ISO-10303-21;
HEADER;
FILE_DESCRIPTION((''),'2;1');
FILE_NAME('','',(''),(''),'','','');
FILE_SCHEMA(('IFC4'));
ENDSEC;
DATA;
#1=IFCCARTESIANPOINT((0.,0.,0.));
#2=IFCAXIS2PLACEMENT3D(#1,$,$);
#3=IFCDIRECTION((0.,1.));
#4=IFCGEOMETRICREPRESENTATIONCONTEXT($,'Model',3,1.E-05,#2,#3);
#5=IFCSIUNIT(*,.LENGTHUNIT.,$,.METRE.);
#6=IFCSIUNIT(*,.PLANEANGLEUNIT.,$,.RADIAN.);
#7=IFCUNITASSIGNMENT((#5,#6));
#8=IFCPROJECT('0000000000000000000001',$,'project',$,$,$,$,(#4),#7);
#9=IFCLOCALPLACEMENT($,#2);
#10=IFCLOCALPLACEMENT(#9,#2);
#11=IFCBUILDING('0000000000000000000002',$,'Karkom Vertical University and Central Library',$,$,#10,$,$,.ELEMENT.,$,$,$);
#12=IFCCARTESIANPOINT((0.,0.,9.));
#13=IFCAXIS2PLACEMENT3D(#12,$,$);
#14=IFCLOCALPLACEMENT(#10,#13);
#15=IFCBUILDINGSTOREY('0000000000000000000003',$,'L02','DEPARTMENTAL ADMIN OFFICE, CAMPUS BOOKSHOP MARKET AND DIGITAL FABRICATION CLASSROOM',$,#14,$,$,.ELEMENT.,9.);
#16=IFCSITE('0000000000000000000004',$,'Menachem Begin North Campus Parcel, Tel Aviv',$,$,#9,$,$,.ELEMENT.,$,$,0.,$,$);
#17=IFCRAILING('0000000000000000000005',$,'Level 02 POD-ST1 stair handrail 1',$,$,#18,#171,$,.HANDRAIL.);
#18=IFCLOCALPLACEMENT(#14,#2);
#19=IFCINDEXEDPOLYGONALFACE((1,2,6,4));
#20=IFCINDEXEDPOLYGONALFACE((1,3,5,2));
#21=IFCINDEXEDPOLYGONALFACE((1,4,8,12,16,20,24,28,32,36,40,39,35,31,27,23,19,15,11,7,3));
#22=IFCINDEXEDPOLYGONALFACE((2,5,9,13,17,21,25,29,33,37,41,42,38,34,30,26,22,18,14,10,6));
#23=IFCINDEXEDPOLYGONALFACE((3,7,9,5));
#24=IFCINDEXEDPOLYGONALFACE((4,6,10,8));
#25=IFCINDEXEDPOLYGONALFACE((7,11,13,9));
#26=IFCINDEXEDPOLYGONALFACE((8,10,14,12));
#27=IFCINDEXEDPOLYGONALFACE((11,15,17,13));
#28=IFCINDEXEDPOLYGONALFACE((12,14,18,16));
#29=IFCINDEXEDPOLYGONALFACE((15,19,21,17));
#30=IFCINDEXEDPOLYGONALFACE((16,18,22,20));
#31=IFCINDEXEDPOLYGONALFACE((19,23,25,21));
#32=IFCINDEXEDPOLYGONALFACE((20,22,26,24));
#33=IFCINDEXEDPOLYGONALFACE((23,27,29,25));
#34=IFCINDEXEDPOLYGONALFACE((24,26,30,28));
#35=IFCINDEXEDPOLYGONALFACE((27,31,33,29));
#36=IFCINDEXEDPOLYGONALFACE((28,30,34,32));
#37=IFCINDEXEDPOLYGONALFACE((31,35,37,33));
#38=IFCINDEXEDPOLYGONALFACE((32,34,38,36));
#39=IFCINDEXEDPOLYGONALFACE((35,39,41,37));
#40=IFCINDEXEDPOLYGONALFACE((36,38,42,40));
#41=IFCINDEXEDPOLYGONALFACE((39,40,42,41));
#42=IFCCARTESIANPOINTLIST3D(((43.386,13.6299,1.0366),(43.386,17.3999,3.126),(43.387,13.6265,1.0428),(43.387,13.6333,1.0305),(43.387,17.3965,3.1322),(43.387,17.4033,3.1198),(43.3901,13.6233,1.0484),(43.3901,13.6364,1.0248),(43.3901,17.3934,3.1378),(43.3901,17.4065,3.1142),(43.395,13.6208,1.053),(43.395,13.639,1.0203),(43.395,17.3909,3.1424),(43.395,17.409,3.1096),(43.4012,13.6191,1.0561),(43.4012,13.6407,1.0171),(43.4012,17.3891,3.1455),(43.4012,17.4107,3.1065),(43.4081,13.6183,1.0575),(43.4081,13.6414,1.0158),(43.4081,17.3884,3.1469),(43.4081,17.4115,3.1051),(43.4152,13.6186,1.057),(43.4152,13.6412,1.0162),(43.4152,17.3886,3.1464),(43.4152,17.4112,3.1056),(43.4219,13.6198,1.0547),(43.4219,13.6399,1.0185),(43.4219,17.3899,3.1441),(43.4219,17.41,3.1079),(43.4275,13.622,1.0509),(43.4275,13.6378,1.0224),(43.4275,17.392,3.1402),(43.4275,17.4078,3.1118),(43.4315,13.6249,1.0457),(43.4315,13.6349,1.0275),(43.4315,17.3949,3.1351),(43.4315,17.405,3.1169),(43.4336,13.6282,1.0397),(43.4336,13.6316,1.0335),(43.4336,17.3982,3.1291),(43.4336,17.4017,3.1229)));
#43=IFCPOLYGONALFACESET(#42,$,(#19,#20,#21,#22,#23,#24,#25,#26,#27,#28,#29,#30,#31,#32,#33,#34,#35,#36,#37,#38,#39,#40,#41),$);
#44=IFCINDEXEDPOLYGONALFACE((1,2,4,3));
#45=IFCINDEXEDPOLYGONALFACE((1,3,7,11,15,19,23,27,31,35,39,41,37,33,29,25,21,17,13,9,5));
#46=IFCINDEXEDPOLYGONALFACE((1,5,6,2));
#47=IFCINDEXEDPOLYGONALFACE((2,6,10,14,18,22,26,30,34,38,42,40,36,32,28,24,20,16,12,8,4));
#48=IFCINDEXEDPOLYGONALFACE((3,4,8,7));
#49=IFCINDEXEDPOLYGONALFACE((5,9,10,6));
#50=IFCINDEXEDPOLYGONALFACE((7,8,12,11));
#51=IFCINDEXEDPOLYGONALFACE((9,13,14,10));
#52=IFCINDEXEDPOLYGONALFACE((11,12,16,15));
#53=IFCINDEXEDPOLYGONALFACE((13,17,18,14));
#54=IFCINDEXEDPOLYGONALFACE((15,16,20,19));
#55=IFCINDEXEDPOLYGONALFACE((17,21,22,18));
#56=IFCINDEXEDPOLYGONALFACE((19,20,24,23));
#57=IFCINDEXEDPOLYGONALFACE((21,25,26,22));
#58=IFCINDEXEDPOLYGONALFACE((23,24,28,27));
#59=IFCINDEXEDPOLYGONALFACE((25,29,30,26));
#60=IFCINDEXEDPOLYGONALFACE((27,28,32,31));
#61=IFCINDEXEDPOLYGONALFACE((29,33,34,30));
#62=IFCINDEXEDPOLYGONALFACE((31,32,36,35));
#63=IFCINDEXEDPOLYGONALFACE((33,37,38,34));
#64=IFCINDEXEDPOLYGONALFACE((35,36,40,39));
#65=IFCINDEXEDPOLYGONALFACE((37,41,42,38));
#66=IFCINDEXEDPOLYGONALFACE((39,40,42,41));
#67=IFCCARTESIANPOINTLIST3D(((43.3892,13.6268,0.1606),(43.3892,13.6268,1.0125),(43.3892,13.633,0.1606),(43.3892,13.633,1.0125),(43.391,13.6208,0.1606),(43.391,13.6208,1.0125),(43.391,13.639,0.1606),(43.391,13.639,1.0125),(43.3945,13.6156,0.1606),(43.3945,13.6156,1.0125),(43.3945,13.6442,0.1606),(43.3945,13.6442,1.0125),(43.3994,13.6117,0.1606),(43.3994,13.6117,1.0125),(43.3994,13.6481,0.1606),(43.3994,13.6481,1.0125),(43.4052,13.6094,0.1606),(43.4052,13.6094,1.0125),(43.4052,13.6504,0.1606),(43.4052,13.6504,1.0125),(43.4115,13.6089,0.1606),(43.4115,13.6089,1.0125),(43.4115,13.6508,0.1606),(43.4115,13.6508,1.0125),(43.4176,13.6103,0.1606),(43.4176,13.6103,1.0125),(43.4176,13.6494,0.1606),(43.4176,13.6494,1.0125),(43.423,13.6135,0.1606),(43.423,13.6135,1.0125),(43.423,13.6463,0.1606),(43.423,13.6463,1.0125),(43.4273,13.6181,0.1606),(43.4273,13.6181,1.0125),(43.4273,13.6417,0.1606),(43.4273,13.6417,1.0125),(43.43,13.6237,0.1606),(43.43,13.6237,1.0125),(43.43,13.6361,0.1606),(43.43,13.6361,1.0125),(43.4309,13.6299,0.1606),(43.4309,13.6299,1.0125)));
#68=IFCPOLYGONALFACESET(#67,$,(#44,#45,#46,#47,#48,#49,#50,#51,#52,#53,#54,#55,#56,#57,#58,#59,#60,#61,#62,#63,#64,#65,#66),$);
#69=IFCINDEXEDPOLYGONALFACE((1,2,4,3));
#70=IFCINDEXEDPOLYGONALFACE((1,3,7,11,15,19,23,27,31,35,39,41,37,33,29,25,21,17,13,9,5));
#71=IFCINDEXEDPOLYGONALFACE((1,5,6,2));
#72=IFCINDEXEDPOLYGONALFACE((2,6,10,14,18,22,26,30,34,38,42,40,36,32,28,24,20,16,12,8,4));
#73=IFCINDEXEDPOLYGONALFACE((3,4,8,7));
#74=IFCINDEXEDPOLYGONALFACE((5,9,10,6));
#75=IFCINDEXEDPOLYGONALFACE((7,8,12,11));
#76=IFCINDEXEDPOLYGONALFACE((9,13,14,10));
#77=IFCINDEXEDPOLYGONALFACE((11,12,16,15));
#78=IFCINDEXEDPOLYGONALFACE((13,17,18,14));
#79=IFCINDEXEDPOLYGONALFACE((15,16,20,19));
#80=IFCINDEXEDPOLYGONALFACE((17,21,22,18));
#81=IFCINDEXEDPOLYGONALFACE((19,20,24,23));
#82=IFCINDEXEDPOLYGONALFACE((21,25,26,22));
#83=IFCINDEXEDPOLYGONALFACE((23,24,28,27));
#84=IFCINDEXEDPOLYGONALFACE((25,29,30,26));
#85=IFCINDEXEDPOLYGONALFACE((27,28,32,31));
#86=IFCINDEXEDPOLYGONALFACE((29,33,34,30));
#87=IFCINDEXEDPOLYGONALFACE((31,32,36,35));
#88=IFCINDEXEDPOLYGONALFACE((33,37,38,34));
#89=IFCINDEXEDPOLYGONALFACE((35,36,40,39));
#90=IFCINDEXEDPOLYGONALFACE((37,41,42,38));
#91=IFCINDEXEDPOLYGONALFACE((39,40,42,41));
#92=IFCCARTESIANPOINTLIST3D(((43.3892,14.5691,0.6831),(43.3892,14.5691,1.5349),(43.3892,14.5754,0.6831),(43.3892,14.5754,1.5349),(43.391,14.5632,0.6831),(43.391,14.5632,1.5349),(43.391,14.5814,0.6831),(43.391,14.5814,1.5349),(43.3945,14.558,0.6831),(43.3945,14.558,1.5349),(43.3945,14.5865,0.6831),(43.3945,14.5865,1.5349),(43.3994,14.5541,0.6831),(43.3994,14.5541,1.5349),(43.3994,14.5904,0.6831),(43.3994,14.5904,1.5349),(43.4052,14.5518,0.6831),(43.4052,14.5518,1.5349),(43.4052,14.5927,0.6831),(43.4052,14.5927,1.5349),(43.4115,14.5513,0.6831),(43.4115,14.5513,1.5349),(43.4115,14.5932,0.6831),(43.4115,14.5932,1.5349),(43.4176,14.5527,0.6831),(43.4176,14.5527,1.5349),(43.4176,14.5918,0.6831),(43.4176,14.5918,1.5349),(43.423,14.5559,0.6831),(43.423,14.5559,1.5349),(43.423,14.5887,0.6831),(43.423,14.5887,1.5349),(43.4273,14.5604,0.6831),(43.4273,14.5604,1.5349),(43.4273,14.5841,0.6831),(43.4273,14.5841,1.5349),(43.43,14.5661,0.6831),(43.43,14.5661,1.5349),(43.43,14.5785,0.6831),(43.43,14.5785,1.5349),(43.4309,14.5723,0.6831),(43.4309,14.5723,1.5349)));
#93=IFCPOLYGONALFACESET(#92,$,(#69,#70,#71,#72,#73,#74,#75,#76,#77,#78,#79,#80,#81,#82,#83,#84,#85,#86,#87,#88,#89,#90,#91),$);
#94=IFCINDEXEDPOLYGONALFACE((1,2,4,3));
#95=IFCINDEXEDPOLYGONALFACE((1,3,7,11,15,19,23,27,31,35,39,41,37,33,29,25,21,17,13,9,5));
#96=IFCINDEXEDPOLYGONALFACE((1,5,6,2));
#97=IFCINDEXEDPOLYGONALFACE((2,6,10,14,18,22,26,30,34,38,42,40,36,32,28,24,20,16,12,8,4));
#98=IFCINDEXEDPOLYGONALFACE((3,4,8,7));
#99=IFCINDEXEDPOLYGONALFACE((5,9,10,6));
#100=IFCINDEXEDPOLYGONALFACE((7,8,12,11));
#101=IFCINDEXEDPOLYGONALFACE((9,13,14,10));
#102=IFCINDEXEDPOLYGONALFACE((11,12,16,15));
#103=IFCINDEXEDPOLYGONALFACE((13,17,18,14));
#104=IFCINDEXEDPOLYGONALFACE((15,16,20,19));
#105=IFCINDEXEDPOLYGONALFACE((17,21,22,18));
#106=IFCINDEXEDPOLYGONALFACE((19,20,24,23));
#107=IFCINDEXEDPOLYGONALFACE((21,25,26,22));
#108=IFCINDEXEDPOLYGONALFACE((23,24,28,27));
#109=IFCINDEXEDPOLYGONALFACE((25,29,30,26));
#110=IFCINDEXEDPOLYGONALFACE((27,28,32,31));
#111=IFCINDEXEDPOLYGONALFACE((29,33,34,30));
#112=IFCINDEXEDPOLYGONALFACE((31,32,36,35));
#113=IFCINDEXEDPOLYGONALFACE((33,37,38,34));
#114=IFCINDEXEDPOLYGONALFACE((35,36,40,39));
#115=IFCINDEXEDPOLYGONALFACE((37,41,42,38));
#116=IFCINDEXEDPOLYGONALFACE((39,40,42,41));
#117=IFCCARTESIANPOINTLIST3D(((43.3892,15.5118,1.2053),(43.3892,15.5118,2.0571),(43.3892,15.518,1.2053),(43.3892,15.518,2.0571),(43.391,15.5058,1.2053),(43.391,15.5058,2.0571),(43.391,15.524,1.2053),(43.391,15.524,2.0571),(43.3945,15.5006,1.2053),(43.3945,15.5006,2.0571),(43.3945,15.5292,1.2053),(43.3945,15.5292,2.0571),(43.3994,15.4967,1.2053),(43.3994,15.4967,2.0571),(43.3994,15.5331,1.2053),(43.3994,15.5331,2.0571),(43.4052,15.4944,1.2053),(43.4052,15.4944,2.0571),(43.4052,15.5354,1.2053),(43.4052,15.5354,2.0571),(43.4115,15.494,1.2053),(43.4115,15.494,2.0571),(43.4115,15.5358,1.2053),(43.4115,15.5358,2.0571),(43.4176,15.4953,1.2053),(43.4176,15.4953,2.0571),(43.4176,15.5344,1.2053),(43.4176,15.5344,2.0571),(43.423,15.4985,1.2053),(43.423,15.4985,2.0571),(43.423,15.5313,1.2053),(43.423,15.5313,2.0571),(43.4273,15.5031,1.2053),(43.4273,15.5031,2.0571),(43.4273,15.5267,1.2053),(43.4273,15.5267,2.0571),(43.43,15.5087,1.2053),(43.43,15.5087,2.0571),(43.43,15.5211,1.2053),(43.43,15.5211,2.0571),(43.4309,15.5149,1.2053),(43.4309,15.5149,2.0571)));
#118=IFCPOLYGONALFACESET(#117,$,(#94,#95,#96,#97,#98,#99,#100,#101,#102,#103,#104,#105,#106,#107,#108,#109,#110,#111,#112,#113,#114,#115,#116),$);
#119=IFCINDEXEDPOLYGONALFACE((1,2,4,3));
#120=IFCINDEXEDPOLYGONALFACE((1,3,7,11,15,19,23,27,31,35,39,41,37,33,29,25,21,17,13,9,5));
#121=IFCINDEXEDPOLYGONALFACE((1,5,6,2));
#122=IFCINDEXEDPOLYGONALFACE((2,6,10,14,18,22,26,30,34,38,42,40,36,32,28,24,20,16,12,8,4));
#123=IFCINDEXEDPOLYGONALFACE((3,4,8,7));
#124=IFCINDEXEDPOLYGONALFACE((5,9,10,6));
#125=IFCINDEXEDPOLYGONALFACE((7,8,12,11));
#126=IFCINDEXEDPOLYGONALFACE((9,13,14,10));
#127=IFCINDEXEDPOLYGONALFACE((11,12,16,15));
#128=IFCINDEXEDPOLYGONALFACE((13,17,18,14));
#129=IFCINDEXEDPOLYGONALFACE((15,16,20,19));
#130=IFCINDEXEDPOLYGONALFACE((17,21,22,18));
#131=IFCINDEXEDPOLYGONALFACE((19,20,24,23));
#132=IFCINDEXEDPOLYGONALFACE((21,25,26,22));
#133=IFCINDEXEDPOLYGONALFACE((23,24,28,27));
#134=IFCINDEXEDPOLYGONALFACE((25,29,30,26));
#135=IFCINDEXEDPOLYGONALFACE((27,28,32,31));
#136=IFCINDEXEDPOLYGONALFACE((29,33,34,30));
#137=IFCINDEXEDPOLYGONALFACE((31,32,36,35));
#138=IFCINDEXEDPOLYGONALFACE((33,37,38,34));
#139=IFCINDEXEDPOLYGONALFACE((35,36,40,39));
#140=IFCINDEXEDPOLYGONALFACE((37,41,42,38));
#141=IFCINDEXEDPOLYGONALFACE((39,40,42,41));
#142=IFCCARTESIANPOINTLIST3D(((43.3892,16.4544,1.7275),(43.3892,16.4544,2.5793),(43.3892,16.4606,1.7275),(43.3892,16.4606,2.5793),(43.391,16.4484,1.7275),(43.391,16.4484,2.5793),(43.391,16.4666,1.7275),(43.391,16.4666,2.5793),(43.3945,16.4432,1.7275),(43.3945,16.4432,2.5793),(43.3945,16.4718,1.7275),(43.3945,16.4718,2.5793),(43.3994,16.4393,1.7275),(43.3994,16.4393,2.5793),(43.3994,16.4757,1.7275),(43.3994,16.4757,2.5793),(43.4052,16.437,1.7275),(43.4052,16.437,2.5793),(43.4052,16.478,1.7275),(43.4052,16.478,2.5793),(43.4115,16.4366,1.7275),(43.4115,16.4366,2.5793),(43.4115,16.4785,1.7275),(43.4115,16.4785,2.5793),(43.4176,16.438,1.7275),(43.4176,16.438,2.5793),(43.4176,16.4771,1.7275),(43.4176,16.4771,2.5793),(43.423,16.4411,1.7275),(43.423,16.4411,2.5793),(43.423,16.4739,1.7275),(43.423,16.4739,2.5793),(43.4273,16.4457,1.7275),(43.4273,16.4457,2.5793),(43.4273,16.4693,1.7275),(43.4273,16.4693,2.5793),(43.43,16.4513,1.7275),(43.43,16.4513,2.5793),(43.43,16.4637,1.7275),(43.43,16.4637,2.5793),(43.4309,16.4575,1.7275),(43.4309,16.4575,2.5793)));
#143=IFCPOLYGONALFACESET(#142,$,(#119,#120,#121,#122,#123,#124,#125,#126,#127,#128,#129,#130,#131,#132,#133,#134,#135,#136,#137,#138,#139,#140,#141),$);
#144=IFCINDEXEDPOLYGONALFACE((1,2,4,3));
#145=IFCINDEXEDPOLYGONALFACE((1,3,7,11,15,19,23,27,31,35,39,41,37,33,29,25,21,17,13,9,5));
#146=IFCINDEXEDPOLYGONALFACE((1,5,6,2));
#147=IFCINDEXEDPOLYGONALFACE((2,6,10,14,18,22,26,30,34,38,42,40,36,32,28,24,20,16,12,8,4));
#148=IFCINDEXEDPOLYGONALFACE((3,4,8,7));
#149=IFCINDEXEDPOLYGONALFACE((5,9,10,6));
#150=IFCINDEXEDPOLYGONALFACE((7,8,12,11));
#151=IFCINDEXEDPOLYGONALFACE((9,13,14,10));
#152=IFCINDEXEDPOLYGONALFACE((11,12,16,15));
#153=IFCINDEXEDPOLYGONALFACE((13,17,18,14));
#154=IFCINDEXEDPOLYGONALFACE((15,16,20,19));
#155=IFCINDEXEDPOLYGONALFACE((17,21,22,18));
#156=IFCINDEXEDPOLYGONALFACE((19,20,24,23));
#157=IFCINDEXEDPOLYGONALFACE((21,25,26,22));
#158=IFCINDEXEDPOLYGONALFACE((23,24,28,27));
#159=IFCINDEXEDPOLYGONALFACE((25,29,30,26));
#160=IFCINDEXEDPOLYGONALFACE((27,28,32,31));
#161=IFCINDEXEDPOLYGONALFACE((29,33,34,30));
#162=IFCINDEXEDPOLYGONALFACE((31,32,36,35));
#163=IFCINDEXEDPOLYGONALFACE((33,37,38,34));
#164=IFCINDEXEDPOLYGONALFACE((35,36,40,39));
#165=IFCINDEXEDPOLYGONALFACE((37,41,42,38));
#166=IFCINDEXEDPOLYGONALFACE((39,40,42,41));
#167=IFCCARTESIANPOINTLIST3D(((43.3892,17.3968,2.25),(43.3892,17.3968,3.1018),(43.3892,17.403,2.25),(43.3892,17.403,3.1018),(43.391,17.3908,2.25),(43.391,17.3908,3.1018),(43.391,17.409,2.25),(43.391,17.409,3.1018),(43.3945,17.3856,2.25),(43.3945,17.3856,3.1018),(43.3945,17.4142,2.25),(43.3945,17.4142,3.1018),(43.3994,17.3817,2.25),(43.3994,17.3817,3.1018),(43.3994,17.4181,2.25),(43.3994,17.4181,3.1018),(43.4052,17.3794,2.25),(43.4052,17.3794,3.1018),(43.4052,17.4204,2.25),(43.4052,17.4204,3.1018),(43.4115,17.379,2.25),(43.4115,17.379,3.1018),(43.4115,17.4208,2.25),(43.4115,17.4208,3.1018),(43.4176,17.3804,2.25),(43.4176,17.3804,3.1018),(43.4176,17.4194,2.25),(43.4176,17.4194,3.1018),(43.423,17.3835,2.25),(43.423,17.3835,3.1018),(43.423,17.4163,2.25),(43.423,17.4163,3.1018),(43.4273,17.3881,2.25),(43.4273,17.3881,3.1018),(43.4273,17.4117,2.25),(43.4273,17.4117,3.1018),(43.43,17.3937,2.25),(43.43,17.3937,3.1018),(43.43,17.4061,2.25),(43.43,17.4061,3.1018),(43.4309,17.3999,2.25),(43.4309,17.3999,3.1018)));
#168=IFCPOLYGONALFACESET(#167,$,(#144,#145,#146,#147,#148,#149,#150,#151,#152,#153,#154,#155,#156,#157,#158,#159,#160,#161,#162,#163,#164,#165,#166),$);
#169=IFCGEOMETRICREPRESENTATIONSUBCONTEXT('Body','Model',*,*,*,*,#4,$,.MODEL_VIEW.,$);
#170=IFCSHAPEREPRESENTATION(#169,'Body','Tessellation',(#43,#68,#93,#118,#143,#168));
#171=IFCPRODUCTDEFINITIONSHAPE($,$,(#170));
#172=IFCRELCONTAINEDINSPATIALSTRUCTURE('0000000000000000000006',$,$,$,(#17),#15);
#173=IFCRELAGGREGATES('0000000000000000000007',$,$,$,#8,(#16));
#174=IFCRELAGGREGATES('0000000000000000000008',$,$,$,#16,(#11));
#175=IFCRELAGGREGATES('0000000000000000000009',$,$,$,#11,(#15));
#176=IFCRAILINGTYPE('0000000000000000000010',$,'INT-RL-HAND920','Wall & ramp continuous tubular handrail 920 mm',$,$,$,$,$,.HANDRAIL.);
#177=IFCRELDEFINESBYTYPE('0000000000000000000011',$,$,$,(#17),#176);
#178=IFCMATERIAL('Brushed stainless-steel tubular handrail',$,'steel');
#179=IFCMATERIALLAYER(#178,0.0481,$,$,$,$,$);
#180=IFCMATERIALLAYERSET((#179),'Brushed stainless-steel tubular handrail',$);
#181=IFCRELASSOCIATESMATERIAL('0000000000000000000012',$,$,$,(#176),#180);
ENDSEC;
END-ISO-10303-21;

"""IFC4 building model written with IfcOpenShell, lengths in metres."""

from ifc_helpers import new_model, si_unit, direction, frame, origin, origin_2d, place, context, subcontext, project, spatial, circle, extrude, material, layer, layer_set, type_object, element, save


model = new_model("IFC4")

# Units and contexts
model_context = context("Model", 3, precision=1e-05, world=origin(), true_north=direction((0.0, 1.0)))
body_context = subcontext(model_context, "Body", "Model", "MODEL_VIEW")
ifc_project = project(units=[si_unit("LENGTHUNIT", "METRE"), si_unit("PLANEANGLEUNIT", "RADIAN")], contexts=[model_context])

# Site, building, storey
site_placement = place(None, origin())
site = spatial("IfcSite", under=ifc_project, at=site_placement, Name="Menachem Begin North Campus Parcel, Tel Aviv", CompositionType="ELEMENT", RefElevation=0.0)
building_placement = place(site_placement, origin())
building = spatial("IfcBuilding", under=site, at=building_placement, Name="Karkom Vertical University and Central Library", CompositionType="ELEMENT")
storey_placement = place(building_placement, frame((0.0, 0.0, 9.0)))
storey = spatial("IfcBuildingStorey", under=building, at=storey_placement, Name="L02", Description="DEPARTMENTAL ADMIN OFFICE, CAMPUS BOOKSHOP MARKET AND DIGITAL FABRICATION CLASSROOM", CompositionType="ELEMENT", Elevation=9.0)

# Railing
ifc_material_1 = material(Name="Brushed stainless-steel tubular handrail", Category="steel")
ifc_layer_1 = layer(ifc_material_1, 0.0481)
ifc_layer_set_1 = layer_set([ifc_layer_1], Name="Brushed stainless-steel tubular handrail")
railing_type_1 = type_object("IfcRailingType", Name="INT-RL-HAND920", Description="Wall & ramp continuous tubular handrail 920 mm", PredefinedType="HANDRAIL", material=ifc_layer_set_1)
railing_1_placement = place(storey_placement, frame((43.4099, 13.6299, 0.1606)))
element("IfcRailing", 1, at=railing_1_placement, inside=storey, type_object=railing_type_1, Name="Level 02 POD-ST1 stair handrail 1", PredefinedType="HANDRAIL", context=body_context, shape_type="SweptSolid", body=[
    extrude(circle(Radius=0.0239, at=origin_2d()), frame((0.0, 0.0, 0.876), z_axis=(0.0, 0.874659, 0.484739), x_axis=(-1.0, 0.0, 0.0)), (0.0, 0.0, 1.0), 4.3103),
    extrude(circle(Radius=0.021, at=origin_2d()), origin(), (0.0, 0.0, 1.0), 0.8518),
    extrude(circle(Radius=0.021, at=origin_2d()), frame((0.0, 0.9424, 0.5225)), (0.0, 0.0, 1.0), 0.8518),
    extrude(circle(Radius=0.021, at=origin_2d()), frame((0.0, 1.885, 1.0447)), (0.0, 0.0, 1.0), 0.8518),
    extrude(circle(Radius=0.021, at=origin_2d()), frame((0.0, 2.8276, 1.5669)), (0.0, 0.0, 1.0), 0.8518),
    extrude(circle(Radius=0.021, at=origin_2d()), frame((0.0, 3.77, 2.0894)), (0.0, 0.0, 1.0), 0.8518),
])

save(model, "model.ifc")
